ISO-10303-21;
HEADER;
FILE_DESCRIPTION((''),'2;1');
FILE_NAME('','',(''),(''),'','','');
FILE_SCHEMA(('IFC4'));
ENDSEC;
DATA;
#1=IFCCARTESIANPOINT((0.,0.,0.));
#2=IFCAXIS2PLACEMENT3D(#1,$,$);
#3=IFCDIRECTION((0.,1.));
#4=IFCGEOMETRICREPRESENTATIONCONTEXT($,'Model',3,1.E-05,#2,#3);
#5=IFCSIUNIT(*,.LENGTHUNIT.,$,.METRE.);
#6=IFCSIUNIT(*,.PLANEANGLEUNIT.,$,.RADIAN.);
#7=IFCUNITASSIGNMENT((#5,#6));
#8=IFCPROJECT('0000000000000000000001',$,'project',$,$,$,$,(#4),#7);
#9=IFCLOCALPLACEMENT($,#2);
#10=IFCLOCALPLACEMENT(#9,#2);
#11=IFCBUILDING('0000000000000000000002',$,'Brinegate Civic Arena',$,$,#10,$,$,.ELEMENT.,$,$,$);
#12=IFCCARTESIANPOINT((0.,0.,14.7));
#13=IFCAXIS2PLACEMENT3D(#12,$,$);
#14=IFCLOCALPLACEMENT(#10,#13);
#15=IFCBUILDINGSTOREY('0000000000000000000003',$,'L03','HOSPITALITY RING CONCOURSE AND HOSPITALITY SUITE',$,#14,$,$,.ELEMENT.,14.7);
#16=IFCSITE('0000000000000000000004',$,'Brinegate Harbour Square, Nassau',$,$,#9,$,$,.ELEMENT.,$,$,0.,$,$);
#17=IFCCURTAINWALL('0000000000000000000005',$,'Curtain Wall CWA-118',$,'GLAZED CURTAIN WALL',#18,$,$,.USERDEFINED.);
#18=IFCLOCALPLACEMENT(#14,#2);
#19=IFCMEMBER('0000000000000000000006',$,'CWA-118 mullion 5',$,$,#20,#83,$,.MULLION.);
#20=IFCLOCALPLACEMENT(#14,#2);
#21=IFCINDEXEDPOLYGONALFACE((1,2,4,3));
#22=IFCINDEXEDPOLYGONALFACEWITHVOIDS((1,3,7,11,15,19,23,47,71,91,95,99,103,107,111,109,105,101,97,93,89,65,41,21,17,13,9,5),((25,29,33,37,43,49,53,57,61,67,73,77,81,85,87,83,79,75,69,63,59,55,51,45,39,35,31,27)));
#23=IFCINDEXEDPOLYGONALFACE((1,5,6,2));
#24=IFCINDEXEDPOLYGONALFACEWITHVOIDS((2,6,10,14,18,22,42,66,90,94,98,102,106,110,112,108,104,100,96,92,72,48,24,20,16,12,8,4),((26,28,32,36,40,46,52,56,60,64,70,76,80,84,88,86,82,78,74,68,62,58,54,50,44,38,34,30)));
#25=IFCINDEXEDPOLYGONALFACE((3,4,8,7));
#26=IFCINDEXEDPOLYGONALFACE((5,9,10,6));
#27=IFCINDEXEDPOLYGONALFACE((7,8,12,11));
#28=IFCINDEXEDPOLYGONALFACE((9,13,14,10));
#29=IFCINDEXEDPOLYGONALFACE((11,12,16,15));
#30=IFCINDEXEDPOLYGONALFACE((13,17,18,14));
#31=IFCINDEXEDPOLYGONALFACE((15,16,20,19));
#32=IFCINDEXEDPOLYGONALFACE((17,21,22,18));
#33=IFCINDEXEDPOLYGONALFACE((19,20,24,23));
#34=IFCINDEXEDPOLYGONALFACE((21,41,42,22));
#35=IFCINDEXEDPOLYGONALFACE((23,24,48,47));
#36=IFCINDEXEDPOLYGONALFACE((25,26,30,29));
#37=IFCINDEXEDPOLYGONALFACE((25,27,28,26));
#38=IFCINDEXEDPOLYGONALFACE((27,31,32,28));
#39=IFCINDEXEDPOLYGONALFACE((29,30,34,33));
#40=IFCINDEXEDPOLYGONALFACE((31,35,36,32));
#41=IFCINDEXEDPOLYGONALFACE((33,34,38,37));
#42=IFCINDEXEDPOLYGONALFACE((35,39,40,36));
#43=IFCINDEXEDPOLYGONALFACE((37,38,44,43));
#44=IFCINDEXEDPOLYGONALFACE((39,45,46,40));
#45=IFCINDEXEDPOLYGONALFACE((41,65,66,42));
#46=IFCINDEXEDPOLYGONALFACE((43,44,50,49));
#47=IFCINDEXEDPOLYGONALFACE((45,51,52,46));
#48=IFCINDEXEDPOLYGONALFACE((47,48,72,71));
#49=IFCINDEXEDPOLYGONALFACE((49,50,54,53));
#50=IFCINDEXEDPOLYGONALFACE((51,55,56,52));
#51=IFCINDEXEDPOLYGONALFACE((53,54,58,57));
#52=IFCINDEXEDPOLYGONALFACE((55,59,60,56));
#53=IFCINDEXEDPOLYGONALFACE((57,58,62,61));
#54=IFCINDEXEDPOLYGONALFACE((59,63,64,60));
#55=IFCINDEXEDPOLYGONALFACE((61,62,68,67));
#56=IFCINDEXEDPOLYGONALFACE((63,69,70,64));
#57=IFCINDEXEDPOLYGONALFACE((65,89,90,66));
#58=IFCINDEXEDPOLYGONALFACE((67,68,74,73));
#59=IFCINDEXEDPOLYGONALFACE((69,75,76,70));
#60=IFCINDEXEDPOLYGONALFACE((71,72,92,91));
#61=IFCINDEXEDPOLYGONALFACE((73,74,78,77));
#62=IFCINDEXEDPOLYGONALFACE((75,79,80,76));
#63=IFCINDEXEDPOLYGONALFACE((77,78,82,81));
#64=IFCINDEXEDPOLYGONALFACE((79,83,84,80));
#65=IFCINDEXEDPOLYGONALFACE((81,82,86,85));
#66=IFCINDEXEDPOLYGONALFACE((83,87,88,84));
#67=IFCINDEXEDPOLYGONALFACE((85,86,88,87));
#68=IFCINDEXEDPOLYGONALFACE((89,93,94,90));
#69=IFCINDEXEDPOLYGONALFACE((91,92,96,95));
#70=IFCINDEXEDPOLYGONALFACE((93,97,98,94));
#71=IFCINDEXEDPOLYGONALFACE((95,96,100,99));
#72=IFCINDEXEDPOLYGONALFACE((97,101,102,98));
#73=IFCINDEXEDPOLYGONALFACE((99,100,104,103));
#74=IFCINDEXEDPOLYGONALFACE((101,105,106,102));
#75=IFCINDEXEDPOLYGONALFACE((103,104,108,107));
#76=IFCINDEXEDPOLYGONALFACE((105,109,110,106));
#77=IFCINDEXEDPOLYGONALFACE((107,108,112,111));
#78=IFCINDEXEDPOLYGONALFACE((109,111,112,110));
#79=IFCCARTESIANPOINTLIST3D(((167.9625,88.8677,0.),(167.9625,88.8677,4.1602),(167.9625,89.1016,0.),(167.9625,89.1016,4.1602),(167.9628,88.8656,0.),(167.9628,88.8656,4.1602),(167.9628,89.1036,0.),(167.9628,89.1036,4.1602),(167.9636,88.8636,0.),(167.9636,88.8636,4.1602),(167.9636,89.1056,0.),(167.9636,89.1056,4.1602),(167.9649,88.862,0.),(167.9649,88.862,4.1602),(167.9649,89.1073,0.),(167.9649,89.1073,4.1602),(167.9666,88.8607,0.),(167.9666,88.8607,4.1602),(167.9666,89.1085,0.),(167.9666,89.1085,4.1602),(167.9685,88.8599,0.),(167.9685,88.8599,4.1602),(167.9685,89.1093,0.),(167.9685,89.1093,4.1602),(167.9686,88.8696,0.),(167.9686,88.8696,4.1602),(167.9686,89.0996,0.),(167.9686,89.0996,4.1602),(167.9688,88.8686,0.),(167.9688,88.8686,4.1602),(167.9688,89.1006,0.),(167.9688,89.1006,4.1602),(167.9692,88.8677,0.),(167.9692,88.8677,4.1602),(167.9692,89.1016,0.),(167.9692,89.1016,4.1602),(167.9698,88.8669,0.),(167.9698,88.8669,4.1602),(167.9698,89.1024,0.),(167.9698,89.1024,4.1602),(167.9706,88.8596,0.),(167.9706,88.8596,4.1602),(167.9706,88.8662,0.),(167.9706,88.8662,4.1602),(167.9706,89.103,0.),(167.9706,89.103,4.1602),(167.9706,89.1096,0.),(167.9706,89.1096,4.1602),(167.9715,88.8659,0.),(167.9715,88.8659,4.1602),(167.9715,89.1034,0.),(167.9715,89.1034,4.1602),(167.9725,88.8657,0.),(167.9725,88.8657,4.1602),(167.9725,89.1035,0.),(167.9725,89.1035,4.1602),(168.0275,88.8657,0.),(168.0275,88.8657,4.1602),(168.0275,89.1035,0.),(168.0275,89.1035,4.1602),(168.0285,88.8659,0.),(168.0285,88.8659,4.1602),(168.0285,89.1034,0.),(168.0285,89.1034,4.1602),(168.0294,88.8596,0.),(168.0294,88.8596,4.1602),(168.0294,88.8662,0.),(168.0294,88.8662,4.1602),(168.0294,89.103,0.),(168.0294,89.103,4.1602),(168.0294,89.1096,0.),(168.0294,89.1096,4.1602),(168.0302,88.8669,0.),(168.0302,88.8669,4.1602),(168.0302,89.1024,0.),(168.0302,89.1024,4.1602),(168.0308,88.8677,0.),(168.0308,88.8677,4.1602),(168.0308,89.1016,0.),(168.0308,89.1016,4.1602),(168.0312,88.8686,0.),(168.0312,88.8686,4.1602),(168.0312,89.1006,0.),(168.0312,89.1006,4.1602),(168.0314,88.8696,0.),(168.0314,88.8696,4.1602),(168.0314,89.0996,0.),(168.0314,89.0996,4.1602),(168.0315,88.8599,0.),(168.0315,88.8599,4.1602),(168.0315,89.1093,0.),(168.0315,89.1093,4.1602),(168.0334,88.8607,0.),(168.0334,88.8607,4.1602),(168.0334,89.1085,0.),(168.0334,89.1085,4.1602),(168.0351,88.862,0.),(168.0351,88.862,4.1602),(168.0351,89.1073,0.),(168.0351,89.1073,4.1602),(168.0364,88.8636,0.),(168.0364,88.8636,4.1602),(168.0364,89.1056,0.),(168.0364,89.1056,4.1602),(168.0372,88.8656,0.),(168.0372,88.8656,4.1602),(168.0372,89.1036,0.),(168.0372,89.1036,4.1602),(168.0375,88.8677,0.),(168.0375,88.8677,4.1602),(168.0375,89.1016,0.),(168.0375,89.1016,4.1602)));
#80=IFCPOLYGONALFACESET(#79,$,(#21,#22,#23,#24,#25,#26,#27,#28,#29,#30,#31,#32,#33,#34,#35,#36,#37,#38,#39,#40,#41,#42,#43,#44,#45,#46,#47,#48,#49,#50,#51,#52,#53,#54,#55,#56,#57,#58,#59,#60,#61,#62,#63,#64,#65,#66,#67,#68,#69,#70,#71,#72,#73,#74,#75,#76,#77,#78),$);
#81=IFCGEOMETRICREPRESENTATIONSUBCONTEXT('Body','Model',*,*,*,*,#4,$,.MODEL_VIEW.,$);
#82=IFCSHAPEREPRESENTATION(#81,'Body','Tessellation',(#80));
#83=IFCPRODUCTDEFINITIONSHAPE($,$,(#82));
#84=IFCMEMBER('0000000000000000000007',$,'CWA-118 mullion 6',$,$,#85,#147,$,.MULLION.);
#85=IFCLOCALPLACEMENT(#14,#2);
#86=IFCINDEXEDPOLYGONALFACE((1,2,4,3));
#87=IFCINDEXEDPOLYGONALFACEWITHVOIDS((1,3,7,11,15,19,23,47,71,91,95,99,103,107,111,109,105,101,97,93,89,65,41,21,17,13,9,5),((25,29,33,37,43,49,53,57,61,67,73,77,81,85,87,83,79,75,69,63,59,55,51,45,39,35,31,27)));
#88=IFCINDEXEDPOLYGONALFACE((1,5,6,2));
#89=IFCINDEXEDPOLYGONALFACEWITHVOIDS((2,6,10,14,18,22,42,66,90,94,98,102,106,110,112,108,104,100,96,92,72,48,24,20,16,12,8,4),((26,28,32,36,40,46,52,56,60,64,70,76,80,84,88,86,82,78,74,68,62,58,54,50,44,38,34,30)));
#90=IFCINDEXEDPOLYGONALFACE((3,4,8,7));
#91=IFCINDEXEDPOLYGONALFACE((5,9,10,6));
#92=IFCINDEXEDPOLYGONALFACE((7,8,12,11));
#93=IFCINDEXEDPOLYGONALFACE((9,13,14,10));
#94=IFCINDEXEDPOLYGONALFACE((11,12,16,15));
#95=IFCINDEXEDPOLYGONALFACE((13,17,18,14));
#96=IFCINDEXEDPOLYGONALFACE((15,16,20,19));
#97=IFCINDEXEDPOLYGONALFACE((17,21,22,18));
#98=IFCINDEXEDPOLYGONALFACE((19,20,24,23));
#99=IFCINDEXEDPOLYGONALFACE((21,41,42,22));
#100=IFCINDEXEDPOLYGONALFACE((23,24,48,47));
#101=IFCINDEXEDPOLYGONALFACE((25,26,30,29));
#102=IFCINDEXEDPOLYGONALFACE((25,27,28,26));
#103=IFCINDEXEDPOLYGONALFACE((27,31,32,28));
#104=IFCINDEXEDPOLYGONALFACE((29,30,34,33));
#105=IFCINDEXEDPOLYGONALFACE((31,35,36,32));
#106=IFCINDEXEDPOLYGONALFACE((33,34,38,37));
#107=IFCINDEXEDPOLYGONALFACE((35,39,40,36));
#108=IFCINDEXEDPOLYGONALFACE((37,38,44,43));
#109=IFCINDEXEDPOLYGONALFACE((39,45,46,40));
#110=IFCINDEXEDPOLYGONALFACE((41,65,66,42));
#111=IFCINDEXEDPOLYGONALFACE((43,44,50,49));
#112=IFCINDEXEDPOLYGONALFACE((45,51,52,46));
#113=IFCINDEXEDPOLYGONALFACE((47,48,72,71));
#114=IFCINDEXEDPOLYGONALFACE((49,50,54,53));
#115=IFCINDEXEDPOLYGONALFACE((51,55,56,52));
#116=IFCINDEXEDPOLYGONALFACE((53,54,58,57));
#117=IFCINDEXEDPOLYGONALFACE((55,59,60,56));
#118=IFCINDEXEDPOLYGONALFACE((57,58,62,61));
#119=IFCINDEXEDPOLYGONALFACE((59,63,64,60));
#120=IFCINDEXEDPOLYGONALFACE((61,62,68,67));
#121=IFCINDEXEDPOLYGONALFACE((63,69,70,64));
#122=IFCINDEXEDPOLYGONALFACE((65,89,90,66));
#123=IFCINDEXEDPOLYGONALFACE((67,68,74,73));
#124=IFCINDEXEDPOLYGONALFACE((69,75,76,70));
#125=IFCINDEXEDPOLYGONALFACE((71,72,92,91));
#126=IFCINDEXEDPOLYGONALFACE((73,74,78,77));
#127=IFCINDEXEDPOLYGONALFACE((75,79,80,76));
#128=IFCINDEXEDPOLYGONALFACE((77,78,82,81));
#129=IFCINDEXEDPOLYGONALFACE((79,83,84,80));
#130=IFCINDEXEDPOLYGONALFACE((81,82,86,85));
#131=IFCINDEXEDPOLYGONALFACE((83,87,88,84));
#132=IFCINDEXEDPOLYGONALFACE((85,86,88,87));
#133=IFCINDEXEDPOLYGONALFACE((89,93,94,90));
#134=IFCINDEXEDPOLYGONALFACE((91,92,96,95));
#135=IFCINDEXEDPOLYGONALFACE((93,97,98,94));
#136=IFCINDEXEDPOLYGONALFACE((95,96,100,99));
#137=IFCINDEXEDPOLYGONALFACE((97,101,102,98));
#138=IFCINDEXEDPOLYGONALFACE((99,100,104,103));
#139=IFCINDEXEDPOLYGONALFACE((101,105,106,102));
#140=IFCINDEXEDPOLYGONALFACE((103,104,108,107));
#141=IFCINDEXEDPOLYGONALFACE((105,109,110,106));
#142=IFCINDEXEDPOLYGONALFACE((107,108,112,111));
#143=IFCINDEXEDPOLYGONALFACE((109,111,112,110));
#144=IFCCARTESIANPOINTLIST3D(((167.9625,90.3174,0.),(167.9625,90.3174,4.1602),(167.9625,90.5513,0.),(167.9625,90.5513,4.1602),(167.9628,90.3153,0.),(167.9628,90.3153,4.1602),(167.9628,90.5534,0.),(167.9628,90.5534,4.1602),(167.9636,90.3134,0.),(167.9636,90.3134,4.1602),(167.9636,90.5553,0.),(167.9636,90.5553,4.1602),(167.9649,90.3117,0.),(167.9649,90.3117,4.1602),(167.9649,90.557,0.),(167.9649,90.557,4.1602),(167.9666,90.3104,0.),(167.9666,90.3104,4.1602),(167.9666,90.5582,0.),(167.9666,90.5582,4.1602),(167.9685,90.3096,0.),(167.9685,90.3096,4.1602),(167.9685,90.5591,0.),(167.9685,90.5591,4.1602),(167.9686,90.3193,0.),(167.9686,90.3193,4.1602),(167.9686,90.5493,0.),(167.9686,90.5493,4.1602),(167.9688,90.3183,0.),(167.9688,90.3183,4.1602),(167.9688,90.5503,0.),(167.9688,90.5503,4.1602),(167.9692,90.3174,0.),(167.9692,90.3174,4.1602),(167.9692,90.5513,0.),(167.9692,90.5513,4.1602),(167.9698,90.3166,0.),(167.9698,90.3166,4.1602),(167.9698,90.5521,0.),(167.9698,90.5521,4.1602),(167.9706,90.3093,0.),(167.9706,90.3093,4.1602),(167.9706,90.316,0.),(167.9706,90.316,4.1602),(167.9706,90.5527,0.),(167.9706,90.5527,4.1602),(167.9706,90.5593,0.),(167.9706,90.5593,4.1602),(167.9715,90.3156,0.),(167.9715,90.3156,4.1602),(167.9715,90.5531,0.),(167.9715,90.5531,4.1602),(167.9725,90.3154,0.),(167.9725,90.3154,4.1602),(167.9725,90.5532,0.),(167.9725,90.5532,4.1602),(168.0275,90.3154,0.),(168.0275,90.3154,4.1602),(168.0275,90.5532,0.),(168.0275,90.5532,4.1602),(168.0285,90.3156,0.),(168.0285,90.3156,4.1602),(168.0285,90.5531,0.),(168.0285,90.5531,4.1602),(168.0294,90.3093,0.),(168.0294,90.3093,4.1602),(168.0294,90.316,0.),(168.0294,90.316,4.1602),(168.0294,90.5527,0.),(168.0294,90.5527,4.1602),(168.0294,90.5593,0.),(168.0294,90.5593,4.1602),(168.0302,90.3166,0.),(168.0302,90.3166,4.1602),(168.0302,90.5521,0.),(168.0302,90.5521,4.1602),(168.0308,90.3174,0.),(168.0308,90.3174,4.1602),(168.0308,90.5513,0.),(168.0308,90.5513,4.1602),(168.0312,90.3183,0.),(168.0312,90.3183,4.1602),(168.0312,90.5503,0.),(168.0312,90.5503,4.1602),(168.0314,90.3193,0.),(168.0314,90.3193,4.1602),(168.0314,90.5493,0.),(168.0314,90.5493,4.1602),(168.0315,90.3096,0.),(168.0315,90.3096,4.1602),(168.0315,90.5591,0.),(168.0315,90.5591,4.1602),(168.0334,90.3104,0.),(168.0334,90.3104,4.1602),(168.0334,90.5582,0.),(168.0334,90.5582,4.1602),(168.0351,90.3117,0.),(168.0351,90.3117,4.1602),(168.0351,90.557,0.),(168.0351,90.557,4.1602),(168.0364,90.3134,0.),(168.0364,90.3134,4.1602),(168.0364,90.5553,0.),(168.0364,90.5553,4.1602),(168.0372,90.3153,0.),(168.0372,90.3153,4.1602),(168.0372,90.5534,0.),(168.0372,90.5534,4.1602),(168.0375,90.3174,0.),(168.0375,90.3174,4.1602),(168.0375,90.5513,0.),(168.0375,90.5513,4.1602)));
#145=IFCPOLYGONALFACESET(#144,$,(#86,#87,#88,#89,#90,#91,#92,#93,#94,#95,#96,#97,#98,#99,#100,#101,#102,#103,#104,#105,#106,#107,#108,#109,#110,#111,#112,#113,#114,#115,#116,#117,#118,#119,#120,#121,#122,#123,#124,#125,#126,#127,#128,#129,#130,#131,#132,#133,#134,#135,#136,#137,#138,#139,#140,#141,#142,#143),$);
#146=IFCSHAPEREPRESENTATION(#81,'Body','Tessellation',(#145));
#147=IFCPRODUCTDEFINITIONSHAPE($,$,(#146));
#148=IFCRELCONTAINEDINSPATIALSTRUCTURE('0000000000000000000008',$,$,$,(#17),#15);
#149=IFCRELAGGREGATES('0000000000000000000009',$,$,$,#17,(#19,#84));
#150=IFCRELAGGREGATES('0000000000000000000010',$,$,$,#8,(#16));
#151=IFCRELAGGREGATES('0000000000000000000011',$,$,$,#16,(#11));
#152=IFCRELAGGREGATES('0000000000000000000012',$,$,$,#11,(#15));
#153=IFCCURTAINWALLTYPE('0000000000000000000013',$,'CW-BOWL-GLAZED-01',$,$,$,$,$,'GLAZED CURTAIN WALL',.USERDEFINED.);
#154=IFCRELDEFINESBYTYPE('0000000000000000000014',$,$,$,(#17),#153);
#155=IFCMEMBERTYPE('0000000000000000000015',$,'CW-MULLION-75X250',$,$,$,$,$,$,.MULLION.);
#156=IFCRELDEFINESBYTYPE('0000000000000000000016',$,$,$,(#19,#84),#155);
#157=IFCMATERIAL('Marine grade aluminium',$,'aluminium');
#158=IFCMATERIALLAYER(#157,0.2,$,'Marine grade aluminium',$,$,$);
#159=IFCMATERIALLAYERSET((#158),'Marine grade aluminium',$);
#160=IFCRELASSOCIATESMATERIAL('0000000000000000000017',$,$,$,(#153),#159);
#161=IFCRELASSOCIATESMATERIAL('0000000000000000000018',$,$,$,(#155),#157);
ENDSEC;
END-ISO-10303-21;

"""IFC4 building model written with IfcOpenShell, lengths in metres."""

from ifc_helpers import new_model, si_unit, direction, frame, origin, origin_2d, place, context, subcontext, project, spatial, hollow_rectangle, extrude, material, layer, layer_set, material_profile, profile_set, type_object, element, aggregate, save


model = new_model("IFC4")

# Units and contexts
model_context = context("Model", 3, precision=1e-05, world=origin(), true_north=direction((0.0, 1.0)))
body_context = subcontext(model_context, "Body", "Model", "MODEL_VIEW")
ifc_project = project(units=[si_unit("LENGTHUNIT", "METRE"), si_unit("PLANEANGLEUNIT", "RADIAN")], contexts=[model_context])

# Site, building, storey
site_placement = place(None, origin())
site = spatial("IfcSite", under=ifc_project, at=site_placement, Name="Brinegate Harbour Square, Nassau", CompositionType="ELEMENT", RefElevation=0.0)
building_placement = place(site_placement, origin())
building = spatial("IfcBuilding", under=site, at=building_placement, Name="Brinegate Civic Arena", CompositionType="ELEMENT")
storey_placement = place(building_placement, frame((0.0, 0.0, 14.7)))
storey = spatial("IfcBuildingStorey", under=building, at=storey_placement, Name="L03", Description="HOSPITALITY RING CONCOURSE AND HOSPITALITY SUITE", CompositionType="ELEMENT", Elevation=14.7)

# Curtain wall, members
ifc_material_1 = material(Name="Marine grade aluminium", Category="aluminium")
ifc_layer_1 = layer(ifc_material_1, 0.2, Name="Marine grade aluminium")
ifc_layer_set_1 = layer_set([ifc_layer_1], Name="Marine grade aluminium")
curtain_wall_type = type_object("IfcCurtainWallType", Name="CW-BOWL-GLAZED-01", ElementType="GLAZED CURTAIN WALL", PredefinedType="USERDEFINED", material=ifc_layer_set_1)
curtain_wall_placement = place(storey_placement, origin())
curtain_wall = element("IfcCurtainWall", 1, at=curtain_wall_placement, inside=storey, type_object=curtain_wall_type, Name="Curtain Wall CWA-118", ObjectType="GLAZED CURTAIN WALL", PredefinedType="USERDEFINED")
ifc_material_profile_1 = material_profile(ifc_material_1, hollow_rectangle(XDim=0.075, YDim=0.25, WallThickness=0.0061, InnerFilletRadius=0.0039, OuterFilletRadius=0.0081, at=origin_2d()), Name="MUL75X250")
ifc_profile_set_1 = profile_set([ifc_material_profile_1], Name="Marine grade aluminium")
member_type_1 = type_object("IfcMemberType", Name="CW-MULLION-75X250", PredefinedType="MULLION", material=ifc_profile_set_1)
member_1_placement = place(storey_placement, frame((168.0, 88.9846, 0.0), z_axis=(0.0, 0.0, 1.0), x_axis=(-1.0, 0.0, 0.0)))
member_1 = element("IfcMember", 2, at=member_1_placement, type_object=member_type_1, Name="CWA-118 mullion 5", PredefinedType="MULLION", context=body_context, shape_type="SweptSolid", body=[
    extrude(hollow_rectangle(XDim=0.075, YDim=0.25, WallThickness=0.0061, InnerFilletRadius=0.0039, OuterFilletRadius=0.0081, at=origin_2d()), origin(), (0.0, 0.0, 1.0), 4.1602),
])
member_2_placement = place(storey_placement, frame((168.0, 90.4343, 0.0), z_axis=(0.0, 0.0, 1.0), x_axis=(-1.0, 0.0, 0.0)))
member_2 = element("IfcMember", 3, at=member_2_placement, type_object=member_type_1, Name="CWA-118 mullion 6", PredefinedType="MULLION", context=body_context, shape_type="SweptSolid", body=[
    extrude(hollow_rectangle(XDim=0.075, YDim=0.25, WallThickness=0.0061, InnerFilletRadius=0.0039, OuterFilletRadius=0.0081, at=origin_2d()), origin(), (0.0, 0.0, 1.0), 4.1602),
])

aggregate(curtain_wall, [member_1, member_2])

save(model, "model.ifc")
